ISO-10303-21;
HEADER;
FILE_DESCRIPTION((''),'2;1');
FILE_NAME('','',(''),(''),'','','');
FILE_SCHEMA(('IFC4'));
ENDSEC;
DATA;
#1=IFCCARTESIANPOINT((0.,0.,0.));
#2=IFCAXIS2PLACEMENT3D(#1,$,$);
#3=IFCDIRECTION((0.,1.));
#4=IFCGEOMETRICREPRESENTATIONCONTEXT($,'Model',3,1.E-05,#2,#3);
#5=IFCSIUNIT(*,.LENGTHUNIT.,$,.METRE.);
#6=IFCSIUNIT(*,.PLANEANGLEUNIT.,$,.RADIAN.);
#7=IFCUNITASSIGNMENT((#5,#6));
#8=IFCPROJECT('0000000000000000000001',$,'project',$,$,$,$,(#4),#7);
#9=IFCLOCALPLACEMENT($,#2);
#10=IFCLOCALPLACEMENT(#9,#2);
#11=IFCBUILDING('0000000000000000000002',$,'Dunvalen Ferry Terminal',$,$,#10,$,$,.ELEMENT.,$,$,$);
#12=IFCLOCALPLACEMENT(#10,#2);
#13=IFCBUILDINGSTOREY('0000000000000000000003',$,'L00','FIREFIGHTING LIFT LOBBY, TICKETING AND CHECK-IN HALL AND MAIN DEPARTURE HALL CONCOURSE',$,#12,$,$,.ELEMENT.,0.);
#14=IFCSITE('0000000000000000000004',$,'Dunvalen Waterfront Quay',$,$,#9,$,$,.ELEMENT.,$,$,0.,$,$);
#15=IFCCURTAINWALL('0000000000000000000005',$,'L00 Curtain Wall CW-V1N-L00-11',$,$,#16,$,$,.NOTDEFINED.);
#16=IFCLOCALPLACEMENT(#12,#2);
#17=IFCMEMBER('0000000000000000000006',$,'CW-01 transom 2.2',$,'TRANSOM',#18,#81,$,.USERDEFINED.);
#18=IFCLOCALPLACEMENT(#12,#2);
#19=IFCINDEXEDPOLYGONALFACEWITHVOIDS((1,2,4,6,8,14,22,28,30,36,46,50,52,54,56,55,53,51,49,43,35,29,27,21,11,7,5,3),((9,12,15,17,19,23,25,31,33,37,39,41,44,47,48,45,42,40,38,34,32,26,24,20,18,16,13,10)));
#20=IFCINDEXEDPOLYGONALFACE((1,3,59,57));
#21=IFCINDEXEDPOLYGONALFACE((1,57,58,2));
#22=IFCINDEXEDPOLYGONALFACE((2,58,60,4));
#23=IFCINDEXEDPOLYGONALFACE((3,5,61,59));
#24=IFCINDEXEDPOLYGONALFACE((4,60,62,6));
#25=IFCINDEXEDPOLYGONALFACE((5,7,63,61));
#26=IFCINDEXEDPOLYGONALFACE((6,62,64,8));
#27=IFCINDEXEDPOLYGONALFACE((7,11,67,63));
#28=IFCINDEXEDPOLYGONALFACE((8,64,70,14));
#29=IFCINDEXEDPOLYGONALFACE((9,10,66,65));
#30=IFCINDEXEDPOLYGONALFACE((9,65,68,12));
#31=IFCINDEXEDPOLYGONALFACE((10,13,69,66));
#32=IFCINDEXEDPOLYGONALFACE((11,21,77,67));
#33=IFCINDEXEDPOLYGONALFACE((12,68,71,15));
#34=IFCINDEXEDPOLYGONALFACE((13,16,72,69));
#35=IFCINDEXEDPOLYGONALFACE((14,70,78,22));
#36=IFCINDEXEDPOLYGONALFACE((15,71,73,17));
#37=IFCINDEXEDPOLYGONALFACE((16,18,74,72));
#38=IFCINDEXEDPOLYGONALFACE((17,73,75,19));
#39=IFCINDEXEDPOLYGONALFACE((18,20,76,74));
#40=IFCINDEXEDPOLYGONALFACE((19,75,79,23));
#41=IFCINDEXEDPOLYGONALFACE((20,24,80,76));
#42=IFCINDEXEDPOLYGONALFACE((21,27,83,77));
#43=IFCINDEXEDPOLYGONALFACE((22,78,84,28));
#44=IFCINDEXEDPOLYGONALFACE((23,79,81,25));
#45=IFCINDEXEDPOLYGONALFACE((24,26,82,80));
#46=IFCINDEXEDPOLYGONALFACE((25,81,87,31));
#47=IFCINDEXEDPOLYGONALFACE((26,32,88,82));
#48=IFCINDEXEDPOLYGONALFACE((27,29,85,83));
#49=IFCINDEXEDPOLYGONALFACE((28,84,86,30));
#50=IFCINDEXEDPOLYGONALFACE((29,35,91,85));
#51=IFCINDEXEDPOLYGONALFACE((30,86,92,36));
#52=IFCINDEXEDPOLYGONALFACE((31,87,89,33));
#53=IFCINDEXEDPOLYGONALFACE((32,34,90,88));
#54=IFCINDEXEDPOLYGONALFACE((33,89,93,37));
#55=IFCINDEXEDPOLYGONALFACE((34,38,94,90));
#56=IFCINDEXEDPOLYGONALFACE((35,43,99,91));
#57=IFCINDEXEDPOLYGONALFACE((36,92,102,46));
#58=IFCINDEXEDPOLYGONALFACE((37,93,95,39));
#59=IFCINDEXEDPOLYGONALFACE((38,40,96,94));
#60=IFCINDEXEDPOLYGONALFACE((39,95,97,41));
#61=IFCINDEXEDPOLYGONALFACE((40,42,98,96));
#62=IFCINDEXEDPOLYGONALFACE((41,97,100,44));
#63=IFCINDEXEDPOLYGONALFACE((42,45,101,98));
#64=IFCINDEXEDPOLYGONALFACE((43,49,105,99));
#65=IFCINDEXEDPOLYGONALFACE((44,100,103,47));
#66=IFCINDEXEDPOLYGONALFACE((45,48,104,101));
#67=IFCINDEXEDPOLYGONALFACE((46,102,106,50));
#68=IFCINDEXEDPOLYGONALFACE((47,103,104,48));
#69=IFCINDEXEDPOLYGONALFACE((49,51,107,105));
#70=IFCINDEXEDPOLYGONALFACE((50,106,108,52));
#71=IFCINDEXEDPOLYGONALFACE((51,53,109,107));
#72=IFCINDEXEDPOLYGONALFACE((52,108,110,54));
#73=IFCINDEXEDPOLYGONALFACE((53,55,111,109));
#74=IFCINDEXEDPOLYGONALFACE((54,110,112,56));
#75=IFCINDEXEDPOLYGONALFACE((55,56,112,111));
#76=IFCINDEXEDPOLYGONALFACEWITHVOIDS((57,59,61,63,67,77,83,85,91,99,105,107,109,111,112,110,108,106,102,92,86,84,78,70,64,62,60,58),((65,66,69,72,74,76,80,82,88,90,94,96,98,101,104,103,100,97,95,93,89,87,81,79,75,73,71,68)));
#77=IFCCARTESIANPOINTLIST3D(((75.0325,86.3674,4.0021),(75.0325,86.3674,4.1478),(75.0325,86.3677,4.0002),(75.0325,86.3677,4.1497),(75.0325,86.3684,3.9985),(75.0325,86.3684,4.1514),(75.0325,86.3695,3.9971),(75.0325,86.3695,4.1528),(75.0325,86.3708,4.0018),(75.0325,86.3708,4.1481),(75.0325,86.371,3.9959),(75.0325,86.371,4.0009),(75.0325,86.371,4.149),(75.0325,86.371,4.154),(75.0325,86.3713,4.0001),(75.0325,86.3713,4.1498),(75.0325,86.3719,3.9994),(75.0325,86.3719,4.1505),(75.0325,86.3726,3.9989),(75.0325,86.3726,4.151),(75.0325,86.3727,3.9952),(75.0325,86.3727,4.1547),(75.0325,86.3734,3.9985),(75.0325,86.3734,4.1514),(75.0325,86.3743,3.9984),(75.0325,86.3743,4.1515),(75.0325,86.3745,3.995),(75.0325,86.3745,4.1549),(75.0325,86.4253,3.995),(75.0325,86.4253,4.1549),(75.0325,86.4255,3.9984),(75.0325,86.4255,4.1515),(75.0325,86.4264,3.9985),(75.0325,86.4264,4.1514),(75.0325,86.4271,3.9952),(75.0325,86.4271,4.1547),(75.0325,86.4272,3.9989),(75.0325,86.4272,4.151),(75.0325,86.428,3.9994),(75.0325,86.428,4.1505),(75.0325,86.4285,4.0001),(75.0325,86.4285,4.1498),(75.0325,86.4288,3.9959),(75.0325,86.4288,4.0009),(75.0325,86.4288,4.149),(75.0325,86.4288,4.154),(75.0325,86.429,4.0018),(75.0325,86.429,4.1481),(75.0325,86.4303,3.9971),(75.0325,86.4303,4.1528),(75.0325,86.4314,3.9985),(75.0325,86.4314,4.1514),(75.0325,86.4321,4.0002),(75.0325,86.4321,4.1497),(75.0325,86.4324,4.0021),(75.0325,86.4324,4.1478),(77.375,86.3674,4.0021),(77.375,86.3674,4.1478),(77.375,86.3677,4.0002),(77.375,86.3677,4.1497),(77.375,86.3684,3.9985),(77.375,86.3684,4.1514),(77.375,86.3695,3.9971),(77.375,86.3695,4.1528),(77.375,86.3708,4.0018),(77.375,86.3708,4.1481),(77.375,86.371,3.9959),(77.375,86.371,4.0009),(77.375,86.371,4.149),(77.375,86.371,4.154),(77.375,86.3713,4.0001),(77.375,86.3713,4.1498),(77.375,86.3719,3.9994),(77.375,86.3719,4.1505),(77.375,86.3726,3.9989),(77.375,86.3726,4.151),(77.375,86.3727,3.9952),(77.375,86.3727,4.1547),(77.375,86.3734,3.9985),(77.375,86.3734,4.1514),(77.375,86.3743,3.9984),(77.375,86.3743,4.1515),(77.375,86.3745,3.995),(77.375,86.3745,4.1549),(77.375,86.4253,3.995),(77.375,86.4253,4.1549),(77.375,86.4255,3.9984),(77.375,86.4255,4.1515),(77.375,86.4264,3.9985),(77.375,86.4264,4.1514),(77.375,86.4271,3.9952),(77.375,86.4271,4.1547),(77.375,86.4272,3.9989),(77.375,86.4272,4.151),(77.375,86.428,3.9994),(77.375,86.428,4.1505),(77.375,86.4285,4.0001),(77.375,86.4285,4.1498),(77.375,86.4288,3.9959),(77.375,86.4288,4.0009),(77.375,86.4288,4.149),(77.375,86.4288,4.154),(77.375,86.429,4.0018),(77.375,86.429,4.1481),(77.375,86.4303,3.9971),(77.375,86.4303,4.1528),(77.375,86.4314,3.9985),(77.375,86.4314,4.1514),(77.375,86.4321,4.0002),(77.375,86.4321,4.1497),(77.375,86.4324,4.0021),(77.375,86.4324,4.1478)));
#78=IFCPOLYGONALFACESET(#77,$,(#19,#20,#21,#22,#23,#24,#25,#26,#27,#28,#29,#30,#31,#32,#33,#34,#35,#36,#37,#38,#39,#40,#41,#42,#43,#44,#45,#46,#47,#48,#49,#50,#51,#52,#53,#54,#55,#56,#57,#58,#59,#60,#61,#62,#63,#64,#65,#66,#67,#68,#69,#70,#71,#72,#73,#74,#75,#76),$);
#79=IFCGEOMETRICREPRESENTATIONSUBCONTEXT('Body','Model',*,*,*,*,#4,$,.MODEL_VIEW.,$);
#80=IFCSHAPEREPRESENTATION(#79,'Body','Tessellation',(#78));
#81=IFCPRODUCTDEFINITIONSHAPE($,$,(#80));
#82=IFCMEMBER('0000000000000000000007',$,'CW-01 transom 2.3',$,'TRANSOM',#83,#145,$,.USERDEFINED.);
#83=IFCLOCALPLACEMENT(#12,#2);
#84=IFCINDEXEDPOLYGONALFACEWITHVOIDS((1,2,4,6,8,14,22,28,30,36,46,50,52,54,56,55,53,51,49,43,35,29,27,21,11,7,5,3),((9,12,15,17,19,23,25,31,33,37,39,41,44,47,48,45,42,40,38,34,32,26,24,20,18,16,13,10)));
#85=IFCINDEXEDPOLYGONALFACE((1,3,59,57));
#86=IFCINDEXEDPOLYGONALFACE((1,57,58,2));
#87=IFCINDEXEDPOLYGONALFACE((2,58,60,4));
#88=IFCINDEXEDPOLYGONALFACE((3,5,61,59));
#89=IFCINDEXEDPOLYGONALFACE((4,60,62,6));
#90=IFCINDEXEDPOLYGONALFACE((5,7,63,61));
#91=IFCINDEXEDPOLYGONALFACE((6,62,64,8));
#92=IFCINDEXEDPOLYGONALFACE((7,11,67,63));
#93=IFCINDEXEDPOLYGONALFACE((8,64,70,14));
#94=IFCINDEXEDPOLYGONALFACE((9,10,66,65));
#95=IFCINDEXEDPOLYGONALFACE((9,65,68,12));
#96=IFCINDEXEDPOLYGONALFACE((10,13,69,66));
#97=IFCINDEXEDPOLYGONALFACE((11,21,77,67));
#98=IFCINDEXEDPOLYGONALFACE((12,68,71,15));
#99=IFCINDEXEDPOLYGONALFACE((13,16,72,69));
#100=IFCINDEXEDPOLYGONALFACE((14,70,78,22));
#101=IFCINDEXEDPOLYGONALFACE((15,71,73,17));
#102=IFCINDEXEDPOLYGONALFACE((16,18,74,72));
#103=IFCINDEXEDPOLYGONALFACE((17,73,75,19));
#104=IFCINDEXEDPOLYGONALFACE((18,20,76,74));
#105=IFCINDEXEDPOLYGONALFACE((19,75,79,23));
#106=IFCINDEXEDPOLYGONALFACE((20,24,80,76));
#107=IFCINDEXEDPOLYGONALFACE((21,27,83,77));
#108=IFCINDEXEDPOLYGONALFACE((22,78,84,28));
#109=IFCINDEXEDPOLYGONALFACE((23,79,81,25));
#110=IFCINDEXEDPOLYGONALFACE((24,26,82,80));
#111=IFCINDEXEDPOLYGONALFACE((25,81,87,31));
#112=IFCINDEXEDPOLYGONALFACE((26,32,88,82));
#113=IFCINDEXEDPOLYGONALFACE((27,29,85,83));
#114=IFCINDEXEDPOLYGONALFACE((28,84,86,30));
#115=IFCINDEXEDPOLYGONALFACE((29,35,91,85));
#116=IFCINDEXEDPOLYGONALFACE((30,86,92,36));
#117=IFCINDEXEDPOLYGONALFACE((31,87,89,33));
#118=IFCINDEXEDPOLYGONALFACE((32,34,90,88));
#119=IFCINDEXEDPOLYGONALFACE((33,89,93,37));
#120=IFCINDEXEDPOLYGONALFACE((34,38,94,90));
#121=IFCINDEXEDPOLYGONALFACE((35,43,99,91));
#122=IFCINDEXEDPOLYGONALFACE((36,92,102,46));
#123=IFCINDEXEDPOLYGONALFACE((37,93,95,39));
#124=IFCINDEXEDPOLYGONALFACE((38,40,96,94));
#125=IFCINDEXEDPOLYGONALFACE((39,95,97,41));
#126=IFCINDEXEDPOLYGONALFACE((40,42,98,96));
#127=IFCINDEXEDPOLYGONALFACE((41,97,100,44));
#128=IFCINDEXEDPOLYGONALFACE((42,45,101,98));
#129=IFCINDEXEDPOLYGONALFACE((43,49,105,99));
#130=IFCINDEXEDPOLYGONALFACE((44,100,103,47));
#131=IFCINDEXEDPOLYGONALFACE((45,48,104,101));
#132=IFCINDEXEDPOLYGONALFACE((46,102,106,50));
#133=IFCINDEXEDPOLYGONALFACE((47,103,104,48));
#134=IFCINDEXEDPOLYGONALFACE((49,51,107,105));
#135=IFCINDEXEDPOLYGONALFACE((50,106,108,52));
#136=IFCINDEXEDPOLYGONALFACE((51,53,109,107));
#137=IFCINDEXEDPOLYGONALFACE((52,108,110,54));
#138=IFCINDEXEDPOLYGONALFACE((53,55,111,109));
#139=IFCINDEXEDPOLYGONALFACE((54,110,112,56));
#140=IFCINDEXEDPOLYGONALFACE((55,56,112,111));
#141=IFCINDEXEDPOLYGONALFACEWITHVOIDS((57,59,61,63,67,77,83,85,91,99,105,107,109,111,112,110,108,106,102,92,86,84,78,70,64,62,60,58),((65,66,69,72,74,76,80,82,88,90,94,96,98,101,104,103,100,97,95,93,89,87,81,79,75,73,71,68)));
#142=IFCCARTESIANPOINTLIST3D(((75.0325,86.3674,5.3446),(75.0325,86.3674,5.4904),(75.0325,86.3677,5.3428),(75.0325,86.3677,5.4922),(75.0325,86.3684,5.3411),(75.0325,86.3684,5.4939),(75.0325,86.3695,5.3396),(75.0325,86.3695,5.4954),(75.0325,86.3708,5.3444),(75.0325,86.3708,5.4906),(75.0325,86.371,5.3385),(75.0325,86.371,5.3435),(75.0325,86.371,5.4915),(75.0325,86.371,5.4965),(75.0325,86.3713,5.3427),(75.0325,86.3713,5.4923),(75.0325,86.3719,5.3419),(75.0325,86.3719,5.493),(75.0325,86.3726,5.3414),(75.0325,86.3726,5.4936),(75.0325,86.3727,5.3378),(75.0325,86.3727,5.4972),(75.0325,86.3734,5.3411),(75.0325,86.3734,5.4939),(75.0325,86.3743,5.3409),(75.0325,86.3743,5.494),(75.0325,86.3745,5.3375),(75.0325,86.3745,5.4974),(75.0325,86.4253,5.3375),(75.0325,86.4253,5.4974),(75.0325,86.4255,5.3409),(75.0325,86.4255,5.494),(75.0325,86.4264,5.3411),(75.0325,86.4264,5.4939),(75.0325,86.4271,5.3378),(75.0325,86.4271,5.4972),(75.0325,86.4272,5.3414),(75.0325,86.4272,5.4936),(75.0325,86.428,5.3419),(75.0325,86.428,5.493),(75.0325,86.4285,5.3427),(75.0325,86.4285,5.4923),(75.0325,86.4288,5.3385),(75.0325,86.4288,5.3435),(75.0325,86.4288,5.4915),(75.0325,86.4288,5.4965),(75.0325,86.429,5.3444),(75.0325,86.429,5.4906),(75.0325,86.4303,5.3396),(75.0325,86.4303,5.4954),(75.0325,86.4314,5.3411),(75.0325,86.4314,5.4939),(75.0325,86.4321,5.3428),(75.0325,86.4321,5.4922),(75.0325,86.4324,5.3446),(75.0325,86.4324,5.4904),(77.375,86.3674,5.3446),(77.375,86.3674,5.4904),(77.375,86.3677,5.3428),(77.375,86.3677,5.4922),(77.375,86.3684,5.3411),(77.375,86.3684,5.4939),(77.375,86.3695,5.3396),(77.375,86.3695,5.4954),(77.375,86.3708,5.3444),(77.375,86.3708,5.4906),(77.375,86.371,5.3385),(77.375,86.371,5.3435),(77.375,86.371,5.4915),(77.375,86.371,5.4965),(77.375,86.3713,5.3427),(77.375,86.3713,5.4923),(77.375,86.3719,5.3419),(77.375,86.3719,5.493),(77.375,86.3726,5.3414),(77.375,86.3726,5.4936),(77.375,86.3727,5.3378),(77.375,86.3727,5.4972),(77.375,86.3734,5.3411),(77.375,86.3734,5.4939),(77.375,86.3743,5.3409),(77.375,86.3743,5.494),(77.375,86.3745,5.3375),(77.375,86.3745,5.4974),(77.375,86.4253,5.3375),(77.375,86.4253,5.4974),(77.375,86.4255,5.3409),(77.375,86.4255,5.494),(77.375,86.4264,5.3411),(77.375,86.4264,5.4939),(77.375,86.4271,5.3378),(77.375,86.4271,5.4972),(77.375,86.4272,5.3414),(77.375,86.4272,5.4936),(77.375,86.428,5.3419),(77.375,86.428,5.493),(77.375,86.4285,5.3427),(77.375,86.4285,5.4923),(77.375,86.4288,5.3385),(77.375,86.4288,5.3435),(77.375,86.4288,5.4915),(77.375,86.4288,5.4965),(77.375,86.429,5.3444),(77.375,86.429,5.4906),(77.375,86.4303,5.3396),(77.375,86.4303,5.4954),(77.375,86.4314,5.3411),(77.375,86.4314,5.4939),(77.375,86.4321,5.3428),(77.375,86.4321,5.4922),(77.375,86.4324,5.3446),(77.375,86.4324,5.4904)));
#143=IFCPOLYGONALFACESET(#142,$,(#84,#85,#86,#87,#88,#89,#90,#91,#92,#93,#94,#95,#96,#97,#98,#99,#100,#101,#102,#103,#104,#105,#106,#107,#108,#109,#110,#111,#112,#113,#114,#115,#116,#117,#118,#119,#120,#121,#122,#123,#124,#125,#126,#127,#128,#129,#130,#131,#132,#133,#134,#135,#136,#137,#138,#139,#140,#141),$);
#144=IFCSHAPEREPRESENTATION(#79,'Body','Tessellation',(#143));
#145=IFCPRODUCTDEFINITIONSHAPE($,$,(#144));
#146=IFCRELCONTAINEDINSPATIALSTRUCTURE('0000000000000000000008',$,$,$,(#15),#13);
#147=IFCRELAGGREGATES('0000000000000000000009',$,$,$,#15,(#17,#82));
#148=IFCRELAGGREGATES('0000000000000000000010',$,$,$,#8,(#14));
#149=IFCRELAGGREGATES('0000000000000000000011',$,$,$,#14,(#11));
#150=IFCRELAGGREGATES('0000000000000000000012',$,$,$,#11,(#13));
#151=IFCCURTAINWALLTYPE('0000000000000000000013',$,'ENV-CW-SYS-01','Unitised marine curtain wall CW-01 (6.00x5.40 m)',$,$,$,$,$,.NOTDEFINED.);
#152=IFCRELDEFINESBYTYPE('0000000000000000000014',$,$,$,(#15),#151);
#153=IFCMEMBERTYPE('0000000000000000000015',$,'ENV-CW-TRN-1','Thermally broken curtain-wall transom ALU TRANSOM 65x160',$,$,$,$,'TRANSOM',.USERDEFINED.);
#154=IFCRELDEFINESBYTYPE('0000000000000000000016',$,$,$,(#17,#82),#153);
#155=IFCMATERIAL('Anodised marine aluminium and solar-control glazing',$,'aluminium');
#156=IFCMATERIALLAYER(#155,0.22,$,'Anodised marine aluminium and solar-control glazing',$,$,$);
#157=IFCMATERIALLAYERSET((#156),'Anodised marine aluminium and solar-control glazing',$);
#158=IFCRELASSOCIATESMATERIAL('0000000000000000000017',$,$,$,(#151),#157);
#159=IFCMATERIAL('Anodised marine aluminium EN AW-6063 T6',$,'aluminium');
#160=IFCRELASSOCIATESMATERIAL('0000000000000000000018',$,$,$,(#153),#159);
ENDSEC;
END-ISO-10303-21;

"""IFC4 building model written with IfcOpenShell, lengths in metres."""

from ifc_helpers import new_model, si_unit, direction, frame, origin, origin_2d, place, context, subcontext, project, spatial, hollow_rectangle, extrude, material, layer, layer_set, material_profile, profile_set, type_object, element, aggregate, save


model = new_model("IFC4")

# Units and contexts
model_context = context("Model", 3, precision=1e-05, world=origin(), true_north=direction((0.0, 1.0)))
body_context = subcontext(model_context, "Body", "Model", "MODEL_VIEW")
ifc_project = project(units=[si_unit("LENGTHUNIT", "METRE"), si_unit("PLANEANGLEUNIT", "RADIAN")], contexts=[model_context])

# Site, building, storey
site_placement = place(None, origin())
site = spatial("IfcSite", under=ifc_project, at=site_placement, Name="Dunvalen Waterfront Quay", CompositionType="ELEMENT", RefElevation=0.0)
building_placement = place(site_placement, origin())
building = spatial("IfcBuilding", under=site, at=building_placement, Name="Dunvalen Ferry Terminal", CompositionType="ELEMENT")
storey_placement = place(building_placement, origin())
storey = spatial("IfcBuildingStorey", under=building, at=storey_placement, Name="L00", Description="FIREFIGHTING LIFT LOBBY, TICKETING AND CHECK-IN HALL AND MAIN DEPARTURE HALL CONCOURSE", CompositionType="ELEMENT", Elevation=0.0)

# Curtain wall
ifc_material_1 = material(Name="Anodised marine aluminium and solar-control glazing", Category="aluminium")
ifc_layer_1 = layer(ifc_material_1, 0.22, Name="Anodised marine aluminium and solar-control glazing")
ifc_layer_set_1 = layer_set([ifc_layer_1], Name="Anodised marine aluminium and solar-control glazing")
curtain_wall_type = type_object("IfcCurtainWallType", Name="ENV-CW-SYS-01", Description="Unitised marine curtain wall CW-01 (6.00x5.40 m)", PredefinedType="NOTDEFINED", material=ifc_layer_set_1)
curtain_wall_1_placement = place(storey_placement, origin())
curtain_wall_1 = element("IfcCurtainWall", 1, at=curtain_wall_1_placement, inside=storey, type_object=curtain_wall_type, Name="L00 Curtain Wall CW-V1N-L00-11", PredefinedType="NOTDEFINED")
ifc_material_2 = material(Name="Anodised marine aluminium EN AW-6063 T6", Category="aluminium")

# Members
ifc_material_profile_1 = material_profile(ifc_material_2, hollow_rectangle(XDim=0.0649, YDim=0.1599, WallThickness=0.0034, InnerFilletRadius=0.0034, OuterFilletRadius=0.0071, at=origin_2d()), Name="Anodised marine aluminium EN AW-6063 T6")
ifc_profile_set_1 = profile_set([ifc_material_profile_1], Name="Anodised marine aluminium EN AW-6063 T6")
member_type_1 = type_object("IfcMemberType", Name="ENV-CW-TRN-1", Description="Thermally broken curtain-wall transom ALU TRANSOM 65x160", ElementType="TRANSOM", PredefinedType="USERDEFINED", material=ifc_profile_set_1)
member_1_placement = place(storey_placement, frame((75.0325, 86.3999, 4.075), z_axis=(1.0, 0.0, 0.0), x_axis=(0.0, 1.0, 0.0)))
member_1 = element("IfcMember", 2, at=member_1_placement, type_object=member_type_1, Name="CW-01 transom 2.2", ObjectType="TRANSOM", PredefinedType="USERDEFINED", context=body_context, shape_type="SweptSolid", body=[
    extrude(hollow_rectangle(XDim=0.0649, YDim=0.1599, WallThickness=0.0034, InnerFilletRadius=0.0034, OuterFilletRadius=0.0071, at=origin_2d()), origin(), (0.0, 0.0, 1.0), 2.3425),
])
member_2_placement = place(storey_placement, frame((75.0325, 86.3999, 5.4175), z_axis=(1.0, 0.0, 0.0), x_axis=(0.0, 1.0, 0.0)))
member_2 = element("IfcMember", 3, at=member_2_placement, type_object=member_type_1, Name="CW-01 transom 2.3", ObjectType="TRANSOM", PredefinedType="USERDEFINED", context=body_context, shape_type="SweptSolid", body=[
    extrude(hollow_rectangle(XDim=0.0649, YDim=0.1599, WallThickness=0.0034, InnerFilletRadius=0.0034, OuterFilletRadius=0.0071, at=origin_2d()), origin(), (0.0, 0.0, 1.0), 2.3425),
])

aggregate(curtain_wall_1, [member_1, member_2])

save(model, "model.ifc")
